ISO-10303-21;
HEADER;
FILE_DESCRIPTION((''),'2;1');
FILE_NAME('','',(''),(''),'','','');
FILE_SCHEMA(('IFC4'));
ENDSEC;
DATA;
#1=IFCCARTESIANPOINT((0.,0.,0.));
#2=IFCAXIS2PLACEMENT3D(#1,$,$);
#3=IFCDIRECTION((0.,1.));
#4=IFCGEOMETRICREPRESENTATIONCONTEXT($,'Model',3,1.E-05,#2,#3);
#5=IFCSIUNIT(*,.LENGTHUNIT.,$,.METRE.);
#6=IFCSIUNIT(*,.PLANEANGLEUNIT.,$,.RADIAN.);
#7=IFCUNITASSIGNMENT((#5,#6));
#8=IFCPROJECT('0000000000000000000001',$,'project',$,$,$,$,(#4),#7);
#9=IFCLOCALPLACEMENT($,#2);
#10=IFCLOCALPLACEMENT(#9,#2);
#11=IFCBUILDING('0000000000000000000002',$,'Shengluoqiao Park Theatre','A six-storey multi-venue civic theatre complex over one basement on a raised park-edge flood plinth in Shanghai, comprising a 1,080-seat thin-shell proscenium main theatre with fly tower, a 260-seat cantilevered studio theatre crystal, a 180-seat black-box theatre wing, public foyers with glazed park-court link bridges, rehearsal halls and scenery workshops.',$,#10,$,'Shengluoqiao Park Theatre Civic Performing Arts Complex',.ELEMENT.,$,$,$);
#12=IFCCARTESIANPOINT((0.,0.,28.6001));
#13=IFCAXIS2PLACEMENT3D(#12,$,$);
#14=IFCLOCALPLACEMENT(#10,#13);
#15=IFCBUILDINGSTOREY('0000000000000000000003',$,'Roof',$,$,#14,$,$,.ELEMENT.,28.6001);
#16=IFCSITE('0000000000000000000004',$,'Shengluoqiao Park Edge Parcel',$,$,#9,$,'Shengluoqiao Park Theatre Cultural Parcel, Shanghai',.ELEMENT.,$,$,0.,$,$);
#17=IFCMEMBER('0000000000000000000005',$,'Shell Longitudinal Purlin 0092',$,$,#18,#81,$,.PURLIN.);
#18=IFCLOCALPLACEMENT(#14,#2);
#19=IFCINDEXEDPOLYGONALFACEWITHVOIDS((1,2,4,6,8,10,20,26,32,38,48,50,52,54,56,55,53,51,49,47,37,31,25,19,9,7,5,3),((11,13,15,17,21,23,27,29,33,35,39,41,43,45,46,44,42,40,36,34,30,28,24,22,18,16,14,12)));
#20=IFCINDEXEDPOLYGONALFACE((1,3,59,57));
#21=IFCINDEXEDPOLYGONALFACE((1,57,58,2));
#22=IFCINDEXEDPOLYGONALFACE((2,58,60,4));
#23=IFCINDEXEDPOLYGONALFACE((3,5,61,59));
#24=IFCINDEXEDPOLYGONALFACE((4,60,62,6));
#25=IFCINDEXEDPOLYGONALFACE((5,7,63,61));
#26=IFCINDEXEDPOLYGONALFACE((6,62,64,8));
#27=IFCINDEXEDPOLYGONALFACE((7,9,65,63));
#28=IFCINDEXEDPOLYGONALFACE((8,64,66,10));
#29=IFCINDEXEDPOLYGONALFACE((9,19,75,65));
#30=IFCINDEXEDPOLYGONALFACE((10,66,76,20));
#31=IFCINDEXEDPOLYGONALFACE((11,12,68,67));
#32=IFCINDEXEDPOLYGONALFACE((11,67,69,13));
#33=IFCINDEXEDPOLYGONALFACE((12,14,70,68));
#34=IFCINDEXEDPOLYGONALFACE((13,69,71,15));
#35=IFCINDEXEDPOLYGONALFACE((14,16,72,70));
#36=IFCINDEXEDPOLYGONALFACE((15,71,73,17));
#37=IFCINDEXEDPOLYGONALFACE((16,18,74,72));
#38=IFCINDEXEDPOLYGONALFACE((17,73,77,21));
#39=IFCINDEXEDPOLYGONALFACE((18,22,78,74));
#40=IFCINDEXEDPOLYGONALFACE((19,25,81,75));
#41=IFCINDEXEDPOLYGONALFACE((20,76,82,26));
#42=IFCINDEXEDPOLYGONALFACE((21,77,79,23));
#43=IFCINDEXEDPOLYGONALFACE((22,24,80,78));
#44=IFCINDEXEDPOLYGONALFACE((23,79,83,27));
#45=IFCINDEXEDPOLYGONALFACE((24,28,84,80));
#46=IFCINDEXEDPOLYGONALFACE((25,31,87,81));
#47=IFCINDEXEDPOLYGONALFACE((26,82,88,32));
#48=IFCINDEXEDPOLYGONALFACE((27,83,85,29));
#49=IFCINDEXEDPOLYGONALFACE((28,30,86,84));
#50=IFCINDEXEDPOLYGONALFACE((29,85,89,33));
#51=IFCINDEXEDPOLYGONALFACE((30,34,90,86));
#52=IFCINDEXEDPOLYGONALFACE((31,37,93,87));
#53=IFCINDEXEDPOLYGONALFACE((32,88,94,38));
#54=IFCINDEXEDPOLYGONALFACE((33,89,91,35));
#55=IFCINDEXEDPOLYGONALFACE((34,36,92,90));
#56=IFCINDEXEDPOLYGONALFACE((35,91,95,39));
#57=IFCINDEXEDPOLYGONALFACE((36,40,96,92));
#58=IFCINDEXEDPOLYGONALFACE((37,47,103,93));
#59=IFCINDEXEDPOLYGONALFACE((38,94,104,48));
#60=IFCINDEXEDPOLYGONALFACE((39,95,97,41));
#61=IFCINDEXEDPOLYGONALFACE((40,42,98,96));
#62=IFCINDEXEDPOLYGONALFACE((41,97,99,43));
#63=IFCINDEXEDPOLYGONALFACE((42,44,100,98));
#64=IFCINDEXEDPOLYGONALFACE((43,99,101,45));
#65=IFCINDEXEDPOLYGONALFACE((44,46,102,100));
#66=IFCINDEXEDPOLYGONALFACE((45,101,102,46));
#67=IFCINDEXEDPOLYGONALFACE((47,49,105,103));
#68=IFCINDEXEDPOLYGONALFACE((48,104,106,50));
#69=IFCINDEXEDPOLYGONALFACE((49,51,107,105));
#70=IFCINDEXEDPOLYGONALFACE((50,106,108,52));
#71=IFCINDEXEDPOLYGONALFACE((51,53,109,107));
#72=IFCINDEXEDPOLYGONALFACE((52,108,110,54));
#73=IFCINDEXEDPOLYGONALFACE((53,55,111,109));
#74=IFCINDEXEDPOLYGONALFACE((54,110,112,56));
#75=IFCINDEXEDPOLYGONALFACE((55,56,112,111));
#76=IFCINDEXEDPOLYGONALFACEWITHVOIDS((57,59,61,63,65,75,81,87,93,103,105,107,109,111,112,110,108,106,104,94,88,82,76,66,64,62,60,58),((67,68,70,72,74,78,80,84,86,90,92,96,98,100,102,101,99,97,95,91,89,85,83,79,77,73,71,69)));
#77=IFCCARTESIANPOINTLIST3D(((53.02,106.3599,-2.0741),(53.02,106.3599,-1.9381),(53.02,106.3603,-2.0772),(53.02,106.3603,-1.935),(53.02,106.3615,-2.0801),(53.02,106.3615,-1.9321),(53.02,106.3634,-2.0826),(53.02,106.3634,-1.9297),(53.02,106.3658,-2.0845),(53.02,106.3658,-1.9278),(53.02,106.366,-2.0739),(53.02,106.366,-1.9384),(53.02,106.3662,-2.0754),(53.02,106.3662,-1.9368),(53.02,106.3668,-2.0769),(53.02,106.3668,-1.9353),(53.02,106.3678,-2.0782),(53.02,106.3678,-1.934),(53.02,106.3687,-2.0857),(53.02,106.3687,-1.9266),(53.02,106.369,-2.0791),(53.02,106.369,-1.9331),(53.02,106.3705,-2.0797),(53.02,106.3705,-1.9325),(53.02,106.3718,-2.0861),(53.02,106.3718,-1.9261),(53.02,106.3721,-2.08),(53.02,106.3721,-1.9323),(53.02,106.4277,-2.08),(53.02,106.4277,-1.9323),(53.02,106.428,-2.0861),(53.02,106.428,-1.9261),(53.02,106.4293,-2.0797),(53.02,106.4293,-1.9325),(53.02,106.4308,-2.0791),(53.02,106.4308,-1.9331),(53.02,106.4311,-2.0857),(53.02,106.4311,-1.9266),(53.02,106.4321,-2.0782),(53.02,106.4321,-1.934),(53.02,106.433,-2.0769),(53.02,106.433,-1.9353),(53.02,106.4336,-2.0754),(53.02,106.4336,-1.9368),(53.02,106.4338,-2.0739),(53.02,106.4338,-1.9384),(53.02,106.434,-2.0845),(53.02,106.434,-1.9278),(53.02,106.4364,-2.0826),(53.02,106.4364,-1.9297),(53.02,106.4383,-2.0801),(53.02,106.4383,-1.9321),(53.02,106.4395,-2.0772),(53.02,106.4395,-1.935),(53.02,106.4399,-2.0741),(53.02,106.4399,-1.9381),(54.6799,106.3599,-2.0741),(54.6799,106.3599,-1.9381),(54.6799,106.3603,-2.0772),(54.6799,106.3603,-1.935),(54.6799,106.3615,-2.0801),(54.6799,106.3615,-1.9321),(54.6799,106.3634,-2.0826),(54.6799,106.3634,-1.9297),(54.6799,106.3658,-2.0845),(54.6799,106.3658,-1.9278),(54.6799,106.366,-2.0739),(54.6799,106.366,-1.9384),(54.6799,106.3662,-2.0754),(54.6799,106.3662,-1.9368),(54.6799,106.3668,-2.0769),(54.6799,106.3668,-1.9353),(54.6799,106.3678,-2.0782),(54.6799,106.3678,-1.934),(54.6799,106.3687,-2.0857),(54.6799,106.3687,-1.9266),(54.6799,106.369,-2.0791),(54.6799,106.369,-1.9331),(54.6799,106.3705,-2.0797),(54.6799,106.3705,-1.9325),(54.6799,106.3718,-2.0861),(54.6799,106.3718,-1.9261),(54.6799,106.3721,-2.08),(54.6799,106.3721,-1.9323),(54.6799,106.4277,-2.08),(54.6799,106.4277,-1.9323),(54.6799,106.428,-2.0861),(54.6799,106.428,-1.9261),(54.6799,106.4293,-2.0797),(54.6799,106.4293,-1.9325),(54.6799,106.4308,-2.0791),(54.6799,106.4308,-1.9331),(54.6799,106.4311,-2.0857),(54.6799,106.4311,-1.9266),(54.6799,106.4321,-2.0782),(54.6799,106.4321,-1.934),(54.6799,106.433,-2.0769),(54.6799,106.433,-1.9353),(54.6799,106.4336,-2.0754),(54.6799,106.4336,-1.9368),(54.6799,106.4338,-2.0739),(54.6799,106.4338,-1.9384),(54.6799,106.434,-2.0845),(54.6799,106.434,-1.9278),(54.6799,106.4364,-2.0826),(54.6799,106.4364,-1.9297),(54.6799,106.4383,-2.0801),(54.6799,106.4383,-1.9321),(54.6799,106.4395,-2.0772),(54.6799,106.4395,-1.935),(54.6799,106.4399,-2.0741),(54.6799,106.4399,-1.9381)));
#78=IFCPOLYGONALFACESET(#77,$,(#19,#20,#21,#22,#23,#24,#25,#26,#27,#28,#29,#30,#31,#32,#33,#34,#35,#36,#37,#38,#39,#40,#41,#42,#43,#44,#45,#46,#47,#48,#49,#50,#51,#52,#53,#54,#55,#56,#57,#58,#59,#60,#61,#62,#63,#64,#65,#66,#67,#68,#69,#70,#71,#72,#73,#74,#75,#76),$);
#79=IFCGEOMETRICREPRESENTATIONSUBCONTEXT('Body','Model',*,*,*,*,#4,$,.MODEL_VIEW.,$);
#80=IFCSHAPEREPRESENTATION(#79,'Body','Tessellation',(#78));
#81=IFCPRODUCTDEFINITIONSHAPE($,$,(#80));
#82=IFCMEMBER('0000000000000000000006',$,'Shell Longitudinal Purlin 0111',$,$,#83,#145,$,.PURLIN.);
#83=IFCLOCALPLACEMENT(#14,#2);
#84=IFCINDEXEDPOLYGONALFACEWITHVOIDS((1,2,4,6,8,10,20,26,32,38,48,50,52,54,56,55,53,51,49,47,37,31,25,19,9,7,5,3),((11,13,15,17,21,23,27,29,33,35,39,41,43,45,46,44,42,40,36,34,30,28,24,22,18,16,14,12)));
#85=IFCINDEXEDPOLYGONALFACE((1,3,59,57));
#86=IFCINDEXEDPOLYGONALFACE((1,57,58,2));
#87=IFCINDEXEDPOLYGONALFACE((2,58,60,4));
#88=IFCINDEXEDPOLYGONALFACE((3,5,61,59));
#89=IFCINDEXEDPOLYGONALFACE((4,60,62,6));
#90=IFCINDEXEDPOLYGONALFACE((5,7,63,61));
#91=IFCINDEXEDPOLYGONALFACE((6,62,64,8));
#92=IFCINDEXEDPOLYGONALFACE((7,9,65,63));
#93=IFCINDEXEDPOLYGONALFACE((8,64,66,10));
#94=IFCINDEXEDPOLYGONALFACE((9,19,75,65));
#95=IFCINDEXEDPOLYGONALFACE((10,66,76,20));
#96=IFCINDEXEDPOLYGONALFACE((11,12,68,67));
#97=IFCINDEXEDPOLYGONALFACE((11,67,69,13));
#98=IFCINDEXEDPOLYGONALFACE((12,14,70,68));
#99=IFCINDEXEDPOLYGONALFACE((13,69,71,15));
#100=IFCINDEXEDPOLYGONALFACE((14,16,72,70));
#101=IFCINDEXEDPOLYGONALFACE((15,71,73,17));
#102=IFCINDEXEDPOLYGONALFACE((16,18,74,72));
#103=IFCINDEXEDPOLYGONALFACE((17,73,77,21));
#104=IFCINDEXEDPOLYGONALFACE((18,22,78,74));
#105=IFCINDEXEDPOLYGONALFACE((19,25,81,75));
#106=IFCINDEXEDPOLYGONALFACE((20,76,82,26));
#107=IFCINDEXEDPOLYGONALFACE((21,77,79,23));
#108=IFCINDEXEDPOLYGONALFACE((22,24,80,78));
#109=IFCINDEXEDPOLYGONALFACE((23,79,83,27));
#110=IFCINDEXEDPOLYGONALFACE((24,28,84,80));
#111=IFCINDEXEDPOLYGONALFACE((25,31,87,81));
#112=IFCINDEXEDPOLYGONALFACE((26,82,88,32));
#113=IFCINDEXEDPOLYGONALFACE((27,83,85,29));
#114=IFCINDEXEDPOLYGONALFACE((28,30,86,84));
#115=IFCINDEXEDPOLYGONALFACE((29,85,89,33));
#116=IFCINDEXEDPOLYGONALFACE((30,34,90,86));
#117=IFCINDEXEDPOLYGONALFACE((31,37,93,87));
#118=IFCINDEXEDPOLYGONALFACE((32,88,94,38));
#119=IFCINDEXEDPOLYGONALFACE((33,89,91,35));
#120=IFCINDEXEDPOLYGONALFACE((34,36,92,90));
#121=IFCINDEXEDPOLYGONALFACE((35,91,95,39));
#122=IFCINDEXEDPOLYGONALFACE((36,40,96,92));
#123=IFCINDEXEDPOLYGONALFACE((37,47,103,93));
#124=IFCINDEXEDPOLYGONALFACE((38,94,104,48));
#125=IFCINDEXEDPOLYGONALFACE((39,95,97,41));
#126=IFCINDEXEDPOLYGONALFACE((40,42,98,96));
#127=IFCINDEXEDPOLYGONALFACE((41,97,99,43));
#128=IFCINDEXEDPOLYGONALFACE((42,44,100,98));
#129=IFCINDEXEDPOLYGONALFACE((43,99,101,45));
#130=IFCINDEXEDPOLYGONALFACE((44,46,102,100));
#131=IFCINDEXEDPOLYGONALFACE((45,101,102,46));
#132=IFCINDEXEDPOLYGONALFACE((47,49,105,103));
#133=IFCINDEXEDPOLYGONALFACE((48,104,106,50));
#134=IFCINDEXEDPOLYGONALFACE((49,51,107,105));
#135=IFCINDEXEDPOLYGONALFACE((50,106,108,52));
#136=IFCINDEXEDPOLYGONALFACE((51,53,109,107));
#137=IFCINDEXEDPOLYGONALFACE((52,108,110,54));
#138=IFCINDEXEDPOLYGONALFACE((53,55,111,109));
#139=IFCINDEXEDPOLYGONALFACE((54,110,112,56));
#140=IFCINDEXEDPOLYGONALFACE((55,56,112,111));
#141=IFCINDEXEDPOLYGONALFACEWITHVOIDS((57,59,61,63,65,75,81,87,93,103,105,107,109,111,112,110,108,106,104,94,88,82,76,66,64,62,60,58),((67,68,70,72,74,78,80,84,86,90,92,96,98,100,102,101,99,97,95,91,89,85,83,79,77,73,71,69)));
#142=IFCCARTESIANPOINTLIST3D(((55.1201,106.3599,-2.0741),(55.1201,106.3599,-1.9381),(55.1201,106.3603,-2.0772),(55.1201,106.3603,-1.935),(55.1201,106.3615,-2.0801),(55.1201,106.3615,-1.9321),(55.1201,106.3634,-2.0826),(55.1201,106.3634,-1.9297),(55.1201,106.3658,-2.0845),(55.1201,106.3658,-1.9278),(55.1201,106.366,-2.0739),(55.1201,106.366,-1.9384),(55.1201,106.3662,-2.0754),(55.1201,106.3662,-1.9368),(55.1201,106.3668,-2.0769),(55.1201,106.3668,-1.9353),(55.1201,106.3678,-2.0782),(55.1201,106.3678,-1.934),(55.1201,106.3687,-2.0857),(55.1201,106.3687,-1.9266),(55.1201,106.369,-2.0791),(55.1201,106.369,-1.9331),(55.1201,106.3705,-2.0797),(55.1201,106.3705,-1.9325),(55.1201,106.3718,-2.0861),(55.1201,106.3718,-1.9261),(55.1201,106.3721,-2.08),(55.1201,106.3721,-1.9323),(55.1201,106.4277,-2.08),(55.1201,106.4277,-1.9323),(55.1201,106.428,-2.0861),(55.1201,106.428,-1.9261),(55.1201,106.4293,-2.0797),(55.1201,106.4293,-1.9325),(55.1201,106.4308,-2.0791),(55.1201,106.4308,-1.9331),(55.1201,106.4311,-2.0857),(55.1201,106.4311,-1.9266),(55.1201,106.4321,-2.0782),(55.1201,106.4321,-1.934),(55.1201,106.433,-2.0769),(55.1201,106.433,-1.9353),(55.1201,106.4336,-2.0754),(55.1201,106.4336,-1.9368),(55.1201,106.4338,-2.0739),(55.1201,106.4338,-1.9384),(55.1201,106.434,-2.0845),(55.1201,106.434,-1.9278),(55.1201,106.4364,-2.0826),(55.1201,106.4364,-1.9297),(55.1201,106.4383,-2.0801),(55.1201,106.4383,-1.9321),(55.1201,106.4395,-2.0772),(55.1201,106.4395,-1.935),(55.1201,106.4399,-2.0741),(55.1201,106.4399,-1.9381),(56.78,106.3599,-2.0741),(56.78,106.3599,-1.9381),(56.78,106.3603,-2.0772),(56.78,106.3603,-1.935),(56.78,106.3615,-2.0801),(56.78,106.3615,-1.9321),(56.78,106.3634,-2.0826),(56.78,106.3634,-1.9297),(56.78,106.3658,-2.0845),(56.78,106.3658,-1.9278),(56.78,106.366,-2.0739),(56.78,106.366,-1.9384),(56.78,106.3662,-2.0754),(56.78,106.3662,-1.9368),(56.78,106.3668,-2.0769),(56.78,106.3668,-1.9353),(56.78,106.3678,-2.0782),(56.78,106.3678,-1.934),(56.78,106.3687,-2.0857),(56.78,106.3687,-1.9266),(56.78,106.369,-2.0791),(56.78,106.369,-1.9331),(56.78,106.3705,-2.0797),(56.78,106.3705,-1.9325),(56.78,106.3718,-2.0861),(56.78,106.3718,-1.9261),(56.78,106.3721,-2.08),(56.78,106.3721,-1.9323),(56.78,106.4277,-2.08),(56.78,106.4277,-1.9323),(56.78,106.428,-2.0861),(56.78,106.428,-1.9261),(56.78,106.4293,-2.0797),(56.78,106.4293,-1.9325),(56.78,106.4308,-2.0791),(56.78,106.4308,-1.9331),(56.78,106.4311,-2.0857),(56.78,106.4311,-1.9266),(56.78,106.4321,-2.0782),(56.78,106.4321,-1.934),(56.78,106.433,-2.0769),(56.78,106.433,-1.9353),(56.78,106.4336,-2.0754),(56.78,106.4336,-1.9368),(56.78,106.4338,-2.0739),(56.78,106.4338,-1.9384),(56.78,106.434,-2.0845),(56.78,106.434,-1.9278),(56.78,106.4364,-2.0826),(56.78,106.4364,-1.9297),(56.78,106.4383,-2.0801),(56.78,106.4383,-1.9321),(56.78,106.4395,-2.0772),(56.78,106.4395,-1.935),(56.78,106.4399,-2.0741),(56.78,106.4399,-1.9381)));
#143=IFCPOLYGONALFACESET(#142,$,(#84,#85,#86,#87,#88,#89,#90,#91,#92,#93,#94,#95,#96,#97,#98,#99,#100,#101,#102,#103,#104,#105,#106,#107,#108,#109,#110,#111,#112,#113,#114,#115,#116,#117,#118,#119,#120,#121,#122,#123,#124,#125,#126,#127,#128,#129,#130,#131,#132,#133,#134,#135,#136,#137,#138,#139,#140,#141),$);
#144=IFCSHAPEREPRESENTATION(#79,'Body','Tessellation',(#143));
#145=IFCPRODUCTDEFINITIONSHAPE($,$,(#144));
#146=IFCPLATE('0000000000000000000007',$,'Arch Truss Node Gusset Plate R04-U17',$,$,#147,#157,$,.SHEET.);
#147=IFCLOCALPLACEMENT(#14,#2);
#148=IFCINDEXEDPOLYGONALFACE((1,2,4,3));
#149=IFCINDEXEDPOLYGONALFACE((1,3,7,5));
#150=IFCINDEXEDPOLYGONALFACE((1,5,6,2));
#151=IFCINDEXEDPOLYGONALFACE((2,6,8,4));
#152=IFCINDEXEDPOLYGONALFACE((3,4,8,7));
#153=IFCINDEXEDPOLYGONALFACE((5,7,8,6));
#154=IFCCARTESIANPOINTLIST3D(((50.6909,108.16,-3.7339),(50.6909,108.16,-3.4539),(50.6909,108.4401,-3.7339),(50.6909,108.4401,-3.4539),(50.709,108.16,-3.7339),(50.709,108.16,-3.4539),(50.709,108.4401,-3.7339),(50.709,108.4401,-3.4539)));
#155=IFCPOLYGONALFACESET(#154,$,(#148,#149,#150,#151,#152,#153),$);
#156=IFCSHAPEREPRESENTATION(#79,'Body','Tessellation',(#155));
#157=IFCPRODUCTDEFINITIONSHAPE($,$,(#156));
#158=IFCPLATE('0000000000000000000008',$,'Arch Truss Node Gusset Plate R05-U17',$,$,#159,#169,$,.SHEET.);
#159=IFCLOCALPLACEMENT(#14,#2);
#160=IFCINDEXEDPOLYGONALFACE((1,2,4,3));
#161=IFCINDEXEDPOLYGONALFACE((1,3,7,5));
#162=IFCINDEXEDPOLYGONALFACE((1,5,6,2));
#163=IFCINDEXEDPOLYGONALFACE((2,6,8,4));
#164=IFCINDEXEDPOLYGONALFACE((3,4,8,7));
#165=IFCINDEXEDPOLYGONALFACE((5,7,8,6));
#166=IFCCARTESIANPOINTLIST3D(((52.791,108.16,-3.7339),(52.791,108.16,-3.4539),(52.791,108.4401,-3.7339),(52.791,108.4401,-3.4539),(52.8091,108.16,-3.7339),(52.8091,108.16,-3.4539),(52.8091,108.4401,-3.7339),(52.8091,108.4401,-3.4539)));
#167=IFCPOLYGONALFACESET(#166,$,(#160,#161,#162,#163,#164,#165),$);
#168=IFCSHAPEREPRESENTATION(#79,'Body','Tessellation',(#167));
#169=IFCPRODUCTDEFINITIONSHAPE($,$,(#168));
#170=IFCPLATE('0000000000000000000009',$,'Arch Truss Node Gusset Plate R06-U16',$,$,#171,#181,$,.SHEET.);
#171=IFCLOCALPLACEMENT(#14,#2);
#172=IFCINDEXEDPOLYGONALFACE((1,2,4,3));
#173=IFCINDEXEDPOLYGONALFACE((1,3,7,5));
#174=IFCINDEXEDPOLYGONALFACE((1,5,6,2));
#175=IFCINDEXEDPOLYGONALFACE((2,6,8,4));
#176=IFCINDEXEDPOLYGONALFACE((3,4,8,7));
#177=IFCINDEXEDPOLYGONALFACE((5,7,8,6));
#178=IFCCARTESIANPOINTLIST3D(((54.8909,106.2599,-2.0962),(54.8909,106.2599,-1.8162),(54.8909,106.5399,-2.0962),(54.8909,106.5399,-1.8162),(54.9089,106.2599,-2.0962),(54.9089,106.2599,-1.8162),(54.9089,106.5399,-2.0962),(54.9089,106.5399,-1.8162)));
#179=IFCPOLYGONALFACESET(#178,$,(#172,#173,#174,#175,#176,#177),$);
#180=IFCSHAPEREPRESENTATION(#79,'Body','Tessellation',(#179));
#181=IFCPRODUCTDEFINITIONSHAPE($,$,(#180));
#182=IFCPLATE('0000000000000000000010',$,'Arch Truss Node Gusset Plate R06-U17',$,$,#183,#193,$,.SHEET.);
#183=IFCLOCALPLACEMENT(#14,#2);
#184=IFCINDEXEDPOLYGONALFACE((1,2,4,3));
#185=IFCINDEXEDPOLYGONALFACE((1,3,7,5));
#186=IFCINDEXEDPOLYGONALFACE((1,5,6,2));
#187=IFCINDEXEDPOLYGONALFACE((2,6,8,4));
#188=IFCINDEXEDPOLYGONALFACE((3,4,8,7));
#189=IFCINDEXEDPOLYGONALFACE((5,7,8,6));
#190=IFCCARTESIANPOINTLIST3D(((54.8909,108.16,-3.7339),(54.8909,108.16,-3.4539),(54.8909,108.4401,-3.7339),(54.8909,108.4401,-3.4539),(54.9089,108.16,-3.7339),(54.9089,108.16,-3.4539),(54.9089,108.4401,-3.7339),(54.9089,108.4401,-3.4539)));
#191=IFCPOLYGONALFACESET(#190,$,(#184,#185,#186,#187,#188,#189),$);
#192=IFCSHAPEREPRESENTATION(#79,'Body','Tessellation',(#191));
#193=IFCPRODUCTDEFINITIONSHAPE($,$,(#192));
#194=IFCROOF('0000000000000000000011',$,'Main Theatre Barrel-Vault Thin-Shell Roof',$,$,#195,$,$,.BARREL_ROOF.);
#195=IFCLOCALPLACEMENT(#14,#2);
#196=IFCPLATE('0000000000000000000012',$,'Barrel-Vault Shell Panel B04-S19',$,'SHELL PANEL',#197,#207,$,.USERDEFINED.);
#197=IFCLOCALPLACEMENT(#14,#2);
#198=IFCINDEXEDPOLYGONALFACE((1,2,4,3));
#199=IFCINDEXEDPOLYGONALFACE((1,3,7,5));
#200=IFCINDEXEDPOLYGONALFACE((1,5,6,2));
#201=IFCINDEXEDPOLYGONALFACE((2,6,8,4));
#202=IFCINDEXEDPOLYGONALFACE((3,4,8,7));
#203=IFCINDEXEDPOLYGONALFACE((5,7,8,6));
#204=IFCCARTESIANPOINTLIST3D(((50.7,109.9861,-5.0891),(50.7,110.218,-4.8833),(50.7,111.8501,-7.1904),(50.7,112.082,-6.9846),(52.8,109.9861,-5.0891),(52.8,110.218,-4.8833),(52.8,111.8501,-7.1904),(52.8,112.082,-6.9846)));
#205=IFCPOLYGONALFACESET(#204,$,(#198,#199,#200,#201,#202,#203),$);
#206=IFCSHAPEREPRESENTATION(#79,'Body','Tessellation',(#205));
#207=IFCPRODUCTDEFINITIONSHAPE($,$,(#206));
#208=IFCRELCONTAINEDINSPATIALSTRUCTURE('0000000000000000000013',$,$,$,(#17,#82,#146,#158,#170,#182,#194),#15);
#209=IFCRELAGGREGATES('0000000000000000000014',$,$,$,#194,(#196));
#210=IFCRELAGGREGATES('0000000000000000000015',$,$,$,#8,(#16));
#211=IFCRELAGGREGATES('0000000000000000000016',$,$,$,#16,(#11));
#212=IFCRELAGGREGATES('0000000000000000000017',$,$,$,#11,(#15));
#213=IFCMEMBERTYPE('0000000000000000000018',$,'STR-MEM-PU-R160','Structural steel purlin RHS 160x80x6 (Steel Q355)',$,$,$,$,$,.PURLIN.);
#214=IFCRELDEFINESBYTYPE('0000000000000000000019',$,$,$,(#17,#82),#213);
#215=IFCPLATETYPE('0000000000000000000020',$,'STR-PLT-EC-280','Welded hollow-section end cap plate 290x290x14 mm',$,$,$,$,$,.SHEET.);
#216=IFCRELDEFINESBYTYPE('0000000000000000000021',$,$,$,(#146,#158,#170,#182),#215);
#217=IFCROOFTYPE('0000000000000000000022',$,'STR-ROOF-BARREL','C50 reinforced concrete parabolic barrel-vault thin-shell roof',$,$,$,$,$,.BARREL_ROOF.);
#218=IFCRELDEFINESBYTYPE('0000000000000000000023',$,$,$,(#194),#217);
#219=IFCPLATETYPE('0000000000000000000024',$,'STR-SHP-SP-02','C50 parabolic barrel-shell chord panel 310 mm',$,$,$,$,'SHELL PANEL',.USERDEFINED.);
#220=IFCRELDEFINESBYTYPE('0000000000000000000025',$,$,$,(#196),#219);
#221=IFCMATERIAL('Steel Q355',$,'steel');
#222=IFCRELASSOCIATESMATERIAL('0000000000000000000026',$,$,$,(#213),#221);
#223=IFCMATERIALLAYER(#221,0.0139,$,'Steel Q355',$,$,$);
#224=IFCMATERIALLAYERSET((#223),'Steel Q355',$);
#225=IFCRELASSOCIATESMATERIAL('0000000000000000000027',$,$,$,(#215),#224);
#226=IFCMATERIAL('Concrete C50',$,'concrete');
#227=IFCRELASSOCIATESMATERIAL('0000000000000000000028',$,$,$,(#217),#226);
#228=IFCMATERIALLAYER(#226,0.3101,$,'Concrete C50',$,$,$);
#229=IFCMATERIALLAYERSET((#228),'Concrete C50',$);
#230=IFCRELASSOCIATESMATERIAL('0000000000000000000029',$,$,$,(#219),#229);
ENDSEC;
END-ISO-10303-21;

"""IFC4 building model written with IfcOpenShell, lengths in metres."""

from ifc_helpers import new_model, si_unit, direction, frame, origin, origin_2d, place, context, subcontext, project, spatial, polyline, rectangle, hollow_rectangle, outline, extrude, material, layer, layer_set, material_profile, profile_set, type_object, element, aggregate, save


model = new_model("IFC4")

# Units and contexts
model_context = context("Model", 3, precision=1e-05, world=origin(), true_north=direction((0.0, 1.0)))
body_context = subcontext(model_context, "Body", "Model", "MODEL_VIEW")
ifc_project = project(units=[si_unit("LENGTHUNIT", "METRE"), si_unit("PLANEANGLEUNIT", "RADIAN")], contexts=[model_context])

# Site, building, storey
site_placement = place(None, origin())
site = spatial("IfcSite", under=ifc_project, at=site_placement, Name="Shengluoqiao Park Edge Parcel", LongName="Shengluoqiao Park Theatre Cultural Parcel, Shanghai", CompositionType="ELEMENT", RefElevation=0.0)
building_placement = place(site_placement, origin())
building = spatial("IfcBuilding", under=site, at=building_placement, Name="Shengluoqiao Park Theatre", Description="A six-storey multi-venue civic theatre complex over one basement on a raised park-edge flood plinth in Shanghai, comprising a 1,080-seat thin-shell proscenium main theatre with fly tower, a 260-seat cantilevered studio theatre crystal, a 180-seat black-box theatre wing, public foyers with glazed park-court link bridges, rehearsal halls and scenery workshops.", LongName="Shengluoqiao Park Theatre Civic Performing Arts Complex", CompositionType="ELEMENT")
storey_placement = place(building_placement, frame((0.0, 0.0, 28.6001)))
storey = spatial("IfcBuildingStorey", under=building, at=storey_placement, Name="Roof", CompositionType="ELEMENT", Elevation=28.6001)

# Shared definitions
ifc_material_1 = material(Name="Concrete C50", Category="concrete")

# Members
ifc_material_2 = material(Name="Steel Q355", Category="steel")
ifc_material_profile_1 = material_profile(ifc_material_2, hollow_rectangle(XDim=0.0801, YDim=0.1599, WallThickness=0.0061, InnerFilletRadius=0.0061, OuterFilletRadius=0.012, at=origin_2d()), Name="RHS 160x80x6")
ifc_profile_set_1 = profile_set([ifc_material_profile_1], Name="Steel Q355")
member_type_1 = type_object("IfcMemberType", Name="STR-MEM-PU-R160", Description="Structural steel purlin RHS 160x80x6 (Steel Q355)", PredefinedType="PURLIN", material=ifc_profile_set_1)
for number, where, z_axis, x_axis, name in (
    (1, (53.02, 106.3999, -2.0061), (1.0, 0.0, 0.0), (0.0, 1.0, 0.0), "Shell Longitudinal Purlin 0092"),
    (2, (55.1201, 106.3999, -2.0061), (1.0, 0.0, 0.0), (0.0, 1.0, 0.0), "Shell Longitudinal Purlin 0111"),
):
    element("IfcMember", number, at=place(storey_placement, frame(where, z_axis=z_axis, x_axis=x_axis)), inside=storey, type_object=member_type_1, Name=name, PredefinedType="PURLIN", context=body_context, shape_type="SweptSolid", body=[
        extrude(hollow_rectangle(XDim=0.0801, YDim=0.1599, WallThickness=0.0061, InnerFilletRadius=0.0061, OuterFilletRadius=0.012, at=origin_2d()), origin(), (0.0, 0.0, 1.0), 1.6599),
    ])

# Plates
ifc_layer_1 = layer(ifc_material_2, 0.0139, Name="Steel Q355")
ifc_layer_set_1 = layer_set([ifc_layer_1], Name="Steel Q355")
plate_type_1 = type_object("IfcPlateType", Name="STR-PLT-EC-280", Description="Welded hollow-section end cap plate 290x290x14 mm", PredefinedType="SHEET", material=ifc_layer_set_1)
for number, where, z_axis, x_axis, name in (
    (3, (50.7, 108.3, -3.7339), (0.0, 0.0, 1.0), (1.0, 0.0, 0.0), "Arch Truss Node Gusset Plate R04-U17"),
    (4, (52.8, 108.3, -3.7339), (0.0, 0.0, 1.0), (1.0, 0.0, 0.0), "Arch Truss Node Gusset Plate R05-U17"),
    (5, (54.8999, 106.3999, -2.0962), (0.0, 0.0, 1.0), (1.0, 0.0, 0.0), "Arch Truss Node Gusset Plate R06-U16"),
    (6, (54.8999, 108.3, -3.7339), (0.0, 0.0, 1.0), (1.0, 0.0, 0.0), "Arch Truss Node Gusset Plate R06-U17"),
):
    element("IfcPlate", number, at=place(storey_placement, frame(where, z_axis=z_axis, x_axis=x_axis)), inside=storey, type_object=plate_type_1, Name=name, PredefinedType="SHEET", context=body_context, shape_type="SweptSolid", body=[
        extrude(rectangle(XDim=0.0181, YDim=0.28, at=origin_2d()), origin(), (0.0, 0.0, 1.0), 0.28),
    ])

# Roof, plate
roof_type = type_object("IfcRoofType", Name="STR-ROOF-BARREL", Description="C50 reinforced concrete parabolic barrel-vault thin-shell roof", PredefinedType="BARREL_ROOF", material=ifc_material_1)
roof_placement = place(storey_placement, origin())
roof = element("IfcRoof", 7, at=roof_placement, inside=storey, type_object=roof_type, Name="Main Theatre Barrel-Vault Thin-Shell Roof", PredefinedType="BARREL_ROOF")
ifc_layer_2 = layer(ifc_material_1, 0.3101, Name="Concrete C50")
ifc_layer_set_2 = layer_set([ifc_layer_2], Name="Concrete C50")
plate_type_2 = type_object("IfcPlateType", Name="STR-SHP-SP-02", Description="C50 parabolic barrel-shell chord panel 310 mm", ElementType="SHELL PANEL", PredefinedType="USERDEFINED", material=ifc_layer_set_2)
plate_1_placement = place(storey_placement, frame((50.7, 110.218, -4.8833), z_axis=(0.0, 0.748085, 0.663603), x_axis=(1.0, 0.0, 0.0)))
plate_1 = element("IfcPlate", 8, at=plate_1_placement, type_object=plate_type_2, Name="Barrel-Vault Shell Panel B04-S19", ObjectType="SHELL PANEL", PredefinedType="USERDEFINED", context=body_context, shape_type="SweptSolid", body=[
    extrude(outline(polyline([(0.0, 0.0), (2.1001, 0.0), (2.1001, 2.8089), (0.0, 2.8089), (0.0, 0.0)])), origin(), (0.0, 0.0, -1.0), 0.3101),
])
aggregate(roof, [plate_1])

save(model, "model.ifc")
